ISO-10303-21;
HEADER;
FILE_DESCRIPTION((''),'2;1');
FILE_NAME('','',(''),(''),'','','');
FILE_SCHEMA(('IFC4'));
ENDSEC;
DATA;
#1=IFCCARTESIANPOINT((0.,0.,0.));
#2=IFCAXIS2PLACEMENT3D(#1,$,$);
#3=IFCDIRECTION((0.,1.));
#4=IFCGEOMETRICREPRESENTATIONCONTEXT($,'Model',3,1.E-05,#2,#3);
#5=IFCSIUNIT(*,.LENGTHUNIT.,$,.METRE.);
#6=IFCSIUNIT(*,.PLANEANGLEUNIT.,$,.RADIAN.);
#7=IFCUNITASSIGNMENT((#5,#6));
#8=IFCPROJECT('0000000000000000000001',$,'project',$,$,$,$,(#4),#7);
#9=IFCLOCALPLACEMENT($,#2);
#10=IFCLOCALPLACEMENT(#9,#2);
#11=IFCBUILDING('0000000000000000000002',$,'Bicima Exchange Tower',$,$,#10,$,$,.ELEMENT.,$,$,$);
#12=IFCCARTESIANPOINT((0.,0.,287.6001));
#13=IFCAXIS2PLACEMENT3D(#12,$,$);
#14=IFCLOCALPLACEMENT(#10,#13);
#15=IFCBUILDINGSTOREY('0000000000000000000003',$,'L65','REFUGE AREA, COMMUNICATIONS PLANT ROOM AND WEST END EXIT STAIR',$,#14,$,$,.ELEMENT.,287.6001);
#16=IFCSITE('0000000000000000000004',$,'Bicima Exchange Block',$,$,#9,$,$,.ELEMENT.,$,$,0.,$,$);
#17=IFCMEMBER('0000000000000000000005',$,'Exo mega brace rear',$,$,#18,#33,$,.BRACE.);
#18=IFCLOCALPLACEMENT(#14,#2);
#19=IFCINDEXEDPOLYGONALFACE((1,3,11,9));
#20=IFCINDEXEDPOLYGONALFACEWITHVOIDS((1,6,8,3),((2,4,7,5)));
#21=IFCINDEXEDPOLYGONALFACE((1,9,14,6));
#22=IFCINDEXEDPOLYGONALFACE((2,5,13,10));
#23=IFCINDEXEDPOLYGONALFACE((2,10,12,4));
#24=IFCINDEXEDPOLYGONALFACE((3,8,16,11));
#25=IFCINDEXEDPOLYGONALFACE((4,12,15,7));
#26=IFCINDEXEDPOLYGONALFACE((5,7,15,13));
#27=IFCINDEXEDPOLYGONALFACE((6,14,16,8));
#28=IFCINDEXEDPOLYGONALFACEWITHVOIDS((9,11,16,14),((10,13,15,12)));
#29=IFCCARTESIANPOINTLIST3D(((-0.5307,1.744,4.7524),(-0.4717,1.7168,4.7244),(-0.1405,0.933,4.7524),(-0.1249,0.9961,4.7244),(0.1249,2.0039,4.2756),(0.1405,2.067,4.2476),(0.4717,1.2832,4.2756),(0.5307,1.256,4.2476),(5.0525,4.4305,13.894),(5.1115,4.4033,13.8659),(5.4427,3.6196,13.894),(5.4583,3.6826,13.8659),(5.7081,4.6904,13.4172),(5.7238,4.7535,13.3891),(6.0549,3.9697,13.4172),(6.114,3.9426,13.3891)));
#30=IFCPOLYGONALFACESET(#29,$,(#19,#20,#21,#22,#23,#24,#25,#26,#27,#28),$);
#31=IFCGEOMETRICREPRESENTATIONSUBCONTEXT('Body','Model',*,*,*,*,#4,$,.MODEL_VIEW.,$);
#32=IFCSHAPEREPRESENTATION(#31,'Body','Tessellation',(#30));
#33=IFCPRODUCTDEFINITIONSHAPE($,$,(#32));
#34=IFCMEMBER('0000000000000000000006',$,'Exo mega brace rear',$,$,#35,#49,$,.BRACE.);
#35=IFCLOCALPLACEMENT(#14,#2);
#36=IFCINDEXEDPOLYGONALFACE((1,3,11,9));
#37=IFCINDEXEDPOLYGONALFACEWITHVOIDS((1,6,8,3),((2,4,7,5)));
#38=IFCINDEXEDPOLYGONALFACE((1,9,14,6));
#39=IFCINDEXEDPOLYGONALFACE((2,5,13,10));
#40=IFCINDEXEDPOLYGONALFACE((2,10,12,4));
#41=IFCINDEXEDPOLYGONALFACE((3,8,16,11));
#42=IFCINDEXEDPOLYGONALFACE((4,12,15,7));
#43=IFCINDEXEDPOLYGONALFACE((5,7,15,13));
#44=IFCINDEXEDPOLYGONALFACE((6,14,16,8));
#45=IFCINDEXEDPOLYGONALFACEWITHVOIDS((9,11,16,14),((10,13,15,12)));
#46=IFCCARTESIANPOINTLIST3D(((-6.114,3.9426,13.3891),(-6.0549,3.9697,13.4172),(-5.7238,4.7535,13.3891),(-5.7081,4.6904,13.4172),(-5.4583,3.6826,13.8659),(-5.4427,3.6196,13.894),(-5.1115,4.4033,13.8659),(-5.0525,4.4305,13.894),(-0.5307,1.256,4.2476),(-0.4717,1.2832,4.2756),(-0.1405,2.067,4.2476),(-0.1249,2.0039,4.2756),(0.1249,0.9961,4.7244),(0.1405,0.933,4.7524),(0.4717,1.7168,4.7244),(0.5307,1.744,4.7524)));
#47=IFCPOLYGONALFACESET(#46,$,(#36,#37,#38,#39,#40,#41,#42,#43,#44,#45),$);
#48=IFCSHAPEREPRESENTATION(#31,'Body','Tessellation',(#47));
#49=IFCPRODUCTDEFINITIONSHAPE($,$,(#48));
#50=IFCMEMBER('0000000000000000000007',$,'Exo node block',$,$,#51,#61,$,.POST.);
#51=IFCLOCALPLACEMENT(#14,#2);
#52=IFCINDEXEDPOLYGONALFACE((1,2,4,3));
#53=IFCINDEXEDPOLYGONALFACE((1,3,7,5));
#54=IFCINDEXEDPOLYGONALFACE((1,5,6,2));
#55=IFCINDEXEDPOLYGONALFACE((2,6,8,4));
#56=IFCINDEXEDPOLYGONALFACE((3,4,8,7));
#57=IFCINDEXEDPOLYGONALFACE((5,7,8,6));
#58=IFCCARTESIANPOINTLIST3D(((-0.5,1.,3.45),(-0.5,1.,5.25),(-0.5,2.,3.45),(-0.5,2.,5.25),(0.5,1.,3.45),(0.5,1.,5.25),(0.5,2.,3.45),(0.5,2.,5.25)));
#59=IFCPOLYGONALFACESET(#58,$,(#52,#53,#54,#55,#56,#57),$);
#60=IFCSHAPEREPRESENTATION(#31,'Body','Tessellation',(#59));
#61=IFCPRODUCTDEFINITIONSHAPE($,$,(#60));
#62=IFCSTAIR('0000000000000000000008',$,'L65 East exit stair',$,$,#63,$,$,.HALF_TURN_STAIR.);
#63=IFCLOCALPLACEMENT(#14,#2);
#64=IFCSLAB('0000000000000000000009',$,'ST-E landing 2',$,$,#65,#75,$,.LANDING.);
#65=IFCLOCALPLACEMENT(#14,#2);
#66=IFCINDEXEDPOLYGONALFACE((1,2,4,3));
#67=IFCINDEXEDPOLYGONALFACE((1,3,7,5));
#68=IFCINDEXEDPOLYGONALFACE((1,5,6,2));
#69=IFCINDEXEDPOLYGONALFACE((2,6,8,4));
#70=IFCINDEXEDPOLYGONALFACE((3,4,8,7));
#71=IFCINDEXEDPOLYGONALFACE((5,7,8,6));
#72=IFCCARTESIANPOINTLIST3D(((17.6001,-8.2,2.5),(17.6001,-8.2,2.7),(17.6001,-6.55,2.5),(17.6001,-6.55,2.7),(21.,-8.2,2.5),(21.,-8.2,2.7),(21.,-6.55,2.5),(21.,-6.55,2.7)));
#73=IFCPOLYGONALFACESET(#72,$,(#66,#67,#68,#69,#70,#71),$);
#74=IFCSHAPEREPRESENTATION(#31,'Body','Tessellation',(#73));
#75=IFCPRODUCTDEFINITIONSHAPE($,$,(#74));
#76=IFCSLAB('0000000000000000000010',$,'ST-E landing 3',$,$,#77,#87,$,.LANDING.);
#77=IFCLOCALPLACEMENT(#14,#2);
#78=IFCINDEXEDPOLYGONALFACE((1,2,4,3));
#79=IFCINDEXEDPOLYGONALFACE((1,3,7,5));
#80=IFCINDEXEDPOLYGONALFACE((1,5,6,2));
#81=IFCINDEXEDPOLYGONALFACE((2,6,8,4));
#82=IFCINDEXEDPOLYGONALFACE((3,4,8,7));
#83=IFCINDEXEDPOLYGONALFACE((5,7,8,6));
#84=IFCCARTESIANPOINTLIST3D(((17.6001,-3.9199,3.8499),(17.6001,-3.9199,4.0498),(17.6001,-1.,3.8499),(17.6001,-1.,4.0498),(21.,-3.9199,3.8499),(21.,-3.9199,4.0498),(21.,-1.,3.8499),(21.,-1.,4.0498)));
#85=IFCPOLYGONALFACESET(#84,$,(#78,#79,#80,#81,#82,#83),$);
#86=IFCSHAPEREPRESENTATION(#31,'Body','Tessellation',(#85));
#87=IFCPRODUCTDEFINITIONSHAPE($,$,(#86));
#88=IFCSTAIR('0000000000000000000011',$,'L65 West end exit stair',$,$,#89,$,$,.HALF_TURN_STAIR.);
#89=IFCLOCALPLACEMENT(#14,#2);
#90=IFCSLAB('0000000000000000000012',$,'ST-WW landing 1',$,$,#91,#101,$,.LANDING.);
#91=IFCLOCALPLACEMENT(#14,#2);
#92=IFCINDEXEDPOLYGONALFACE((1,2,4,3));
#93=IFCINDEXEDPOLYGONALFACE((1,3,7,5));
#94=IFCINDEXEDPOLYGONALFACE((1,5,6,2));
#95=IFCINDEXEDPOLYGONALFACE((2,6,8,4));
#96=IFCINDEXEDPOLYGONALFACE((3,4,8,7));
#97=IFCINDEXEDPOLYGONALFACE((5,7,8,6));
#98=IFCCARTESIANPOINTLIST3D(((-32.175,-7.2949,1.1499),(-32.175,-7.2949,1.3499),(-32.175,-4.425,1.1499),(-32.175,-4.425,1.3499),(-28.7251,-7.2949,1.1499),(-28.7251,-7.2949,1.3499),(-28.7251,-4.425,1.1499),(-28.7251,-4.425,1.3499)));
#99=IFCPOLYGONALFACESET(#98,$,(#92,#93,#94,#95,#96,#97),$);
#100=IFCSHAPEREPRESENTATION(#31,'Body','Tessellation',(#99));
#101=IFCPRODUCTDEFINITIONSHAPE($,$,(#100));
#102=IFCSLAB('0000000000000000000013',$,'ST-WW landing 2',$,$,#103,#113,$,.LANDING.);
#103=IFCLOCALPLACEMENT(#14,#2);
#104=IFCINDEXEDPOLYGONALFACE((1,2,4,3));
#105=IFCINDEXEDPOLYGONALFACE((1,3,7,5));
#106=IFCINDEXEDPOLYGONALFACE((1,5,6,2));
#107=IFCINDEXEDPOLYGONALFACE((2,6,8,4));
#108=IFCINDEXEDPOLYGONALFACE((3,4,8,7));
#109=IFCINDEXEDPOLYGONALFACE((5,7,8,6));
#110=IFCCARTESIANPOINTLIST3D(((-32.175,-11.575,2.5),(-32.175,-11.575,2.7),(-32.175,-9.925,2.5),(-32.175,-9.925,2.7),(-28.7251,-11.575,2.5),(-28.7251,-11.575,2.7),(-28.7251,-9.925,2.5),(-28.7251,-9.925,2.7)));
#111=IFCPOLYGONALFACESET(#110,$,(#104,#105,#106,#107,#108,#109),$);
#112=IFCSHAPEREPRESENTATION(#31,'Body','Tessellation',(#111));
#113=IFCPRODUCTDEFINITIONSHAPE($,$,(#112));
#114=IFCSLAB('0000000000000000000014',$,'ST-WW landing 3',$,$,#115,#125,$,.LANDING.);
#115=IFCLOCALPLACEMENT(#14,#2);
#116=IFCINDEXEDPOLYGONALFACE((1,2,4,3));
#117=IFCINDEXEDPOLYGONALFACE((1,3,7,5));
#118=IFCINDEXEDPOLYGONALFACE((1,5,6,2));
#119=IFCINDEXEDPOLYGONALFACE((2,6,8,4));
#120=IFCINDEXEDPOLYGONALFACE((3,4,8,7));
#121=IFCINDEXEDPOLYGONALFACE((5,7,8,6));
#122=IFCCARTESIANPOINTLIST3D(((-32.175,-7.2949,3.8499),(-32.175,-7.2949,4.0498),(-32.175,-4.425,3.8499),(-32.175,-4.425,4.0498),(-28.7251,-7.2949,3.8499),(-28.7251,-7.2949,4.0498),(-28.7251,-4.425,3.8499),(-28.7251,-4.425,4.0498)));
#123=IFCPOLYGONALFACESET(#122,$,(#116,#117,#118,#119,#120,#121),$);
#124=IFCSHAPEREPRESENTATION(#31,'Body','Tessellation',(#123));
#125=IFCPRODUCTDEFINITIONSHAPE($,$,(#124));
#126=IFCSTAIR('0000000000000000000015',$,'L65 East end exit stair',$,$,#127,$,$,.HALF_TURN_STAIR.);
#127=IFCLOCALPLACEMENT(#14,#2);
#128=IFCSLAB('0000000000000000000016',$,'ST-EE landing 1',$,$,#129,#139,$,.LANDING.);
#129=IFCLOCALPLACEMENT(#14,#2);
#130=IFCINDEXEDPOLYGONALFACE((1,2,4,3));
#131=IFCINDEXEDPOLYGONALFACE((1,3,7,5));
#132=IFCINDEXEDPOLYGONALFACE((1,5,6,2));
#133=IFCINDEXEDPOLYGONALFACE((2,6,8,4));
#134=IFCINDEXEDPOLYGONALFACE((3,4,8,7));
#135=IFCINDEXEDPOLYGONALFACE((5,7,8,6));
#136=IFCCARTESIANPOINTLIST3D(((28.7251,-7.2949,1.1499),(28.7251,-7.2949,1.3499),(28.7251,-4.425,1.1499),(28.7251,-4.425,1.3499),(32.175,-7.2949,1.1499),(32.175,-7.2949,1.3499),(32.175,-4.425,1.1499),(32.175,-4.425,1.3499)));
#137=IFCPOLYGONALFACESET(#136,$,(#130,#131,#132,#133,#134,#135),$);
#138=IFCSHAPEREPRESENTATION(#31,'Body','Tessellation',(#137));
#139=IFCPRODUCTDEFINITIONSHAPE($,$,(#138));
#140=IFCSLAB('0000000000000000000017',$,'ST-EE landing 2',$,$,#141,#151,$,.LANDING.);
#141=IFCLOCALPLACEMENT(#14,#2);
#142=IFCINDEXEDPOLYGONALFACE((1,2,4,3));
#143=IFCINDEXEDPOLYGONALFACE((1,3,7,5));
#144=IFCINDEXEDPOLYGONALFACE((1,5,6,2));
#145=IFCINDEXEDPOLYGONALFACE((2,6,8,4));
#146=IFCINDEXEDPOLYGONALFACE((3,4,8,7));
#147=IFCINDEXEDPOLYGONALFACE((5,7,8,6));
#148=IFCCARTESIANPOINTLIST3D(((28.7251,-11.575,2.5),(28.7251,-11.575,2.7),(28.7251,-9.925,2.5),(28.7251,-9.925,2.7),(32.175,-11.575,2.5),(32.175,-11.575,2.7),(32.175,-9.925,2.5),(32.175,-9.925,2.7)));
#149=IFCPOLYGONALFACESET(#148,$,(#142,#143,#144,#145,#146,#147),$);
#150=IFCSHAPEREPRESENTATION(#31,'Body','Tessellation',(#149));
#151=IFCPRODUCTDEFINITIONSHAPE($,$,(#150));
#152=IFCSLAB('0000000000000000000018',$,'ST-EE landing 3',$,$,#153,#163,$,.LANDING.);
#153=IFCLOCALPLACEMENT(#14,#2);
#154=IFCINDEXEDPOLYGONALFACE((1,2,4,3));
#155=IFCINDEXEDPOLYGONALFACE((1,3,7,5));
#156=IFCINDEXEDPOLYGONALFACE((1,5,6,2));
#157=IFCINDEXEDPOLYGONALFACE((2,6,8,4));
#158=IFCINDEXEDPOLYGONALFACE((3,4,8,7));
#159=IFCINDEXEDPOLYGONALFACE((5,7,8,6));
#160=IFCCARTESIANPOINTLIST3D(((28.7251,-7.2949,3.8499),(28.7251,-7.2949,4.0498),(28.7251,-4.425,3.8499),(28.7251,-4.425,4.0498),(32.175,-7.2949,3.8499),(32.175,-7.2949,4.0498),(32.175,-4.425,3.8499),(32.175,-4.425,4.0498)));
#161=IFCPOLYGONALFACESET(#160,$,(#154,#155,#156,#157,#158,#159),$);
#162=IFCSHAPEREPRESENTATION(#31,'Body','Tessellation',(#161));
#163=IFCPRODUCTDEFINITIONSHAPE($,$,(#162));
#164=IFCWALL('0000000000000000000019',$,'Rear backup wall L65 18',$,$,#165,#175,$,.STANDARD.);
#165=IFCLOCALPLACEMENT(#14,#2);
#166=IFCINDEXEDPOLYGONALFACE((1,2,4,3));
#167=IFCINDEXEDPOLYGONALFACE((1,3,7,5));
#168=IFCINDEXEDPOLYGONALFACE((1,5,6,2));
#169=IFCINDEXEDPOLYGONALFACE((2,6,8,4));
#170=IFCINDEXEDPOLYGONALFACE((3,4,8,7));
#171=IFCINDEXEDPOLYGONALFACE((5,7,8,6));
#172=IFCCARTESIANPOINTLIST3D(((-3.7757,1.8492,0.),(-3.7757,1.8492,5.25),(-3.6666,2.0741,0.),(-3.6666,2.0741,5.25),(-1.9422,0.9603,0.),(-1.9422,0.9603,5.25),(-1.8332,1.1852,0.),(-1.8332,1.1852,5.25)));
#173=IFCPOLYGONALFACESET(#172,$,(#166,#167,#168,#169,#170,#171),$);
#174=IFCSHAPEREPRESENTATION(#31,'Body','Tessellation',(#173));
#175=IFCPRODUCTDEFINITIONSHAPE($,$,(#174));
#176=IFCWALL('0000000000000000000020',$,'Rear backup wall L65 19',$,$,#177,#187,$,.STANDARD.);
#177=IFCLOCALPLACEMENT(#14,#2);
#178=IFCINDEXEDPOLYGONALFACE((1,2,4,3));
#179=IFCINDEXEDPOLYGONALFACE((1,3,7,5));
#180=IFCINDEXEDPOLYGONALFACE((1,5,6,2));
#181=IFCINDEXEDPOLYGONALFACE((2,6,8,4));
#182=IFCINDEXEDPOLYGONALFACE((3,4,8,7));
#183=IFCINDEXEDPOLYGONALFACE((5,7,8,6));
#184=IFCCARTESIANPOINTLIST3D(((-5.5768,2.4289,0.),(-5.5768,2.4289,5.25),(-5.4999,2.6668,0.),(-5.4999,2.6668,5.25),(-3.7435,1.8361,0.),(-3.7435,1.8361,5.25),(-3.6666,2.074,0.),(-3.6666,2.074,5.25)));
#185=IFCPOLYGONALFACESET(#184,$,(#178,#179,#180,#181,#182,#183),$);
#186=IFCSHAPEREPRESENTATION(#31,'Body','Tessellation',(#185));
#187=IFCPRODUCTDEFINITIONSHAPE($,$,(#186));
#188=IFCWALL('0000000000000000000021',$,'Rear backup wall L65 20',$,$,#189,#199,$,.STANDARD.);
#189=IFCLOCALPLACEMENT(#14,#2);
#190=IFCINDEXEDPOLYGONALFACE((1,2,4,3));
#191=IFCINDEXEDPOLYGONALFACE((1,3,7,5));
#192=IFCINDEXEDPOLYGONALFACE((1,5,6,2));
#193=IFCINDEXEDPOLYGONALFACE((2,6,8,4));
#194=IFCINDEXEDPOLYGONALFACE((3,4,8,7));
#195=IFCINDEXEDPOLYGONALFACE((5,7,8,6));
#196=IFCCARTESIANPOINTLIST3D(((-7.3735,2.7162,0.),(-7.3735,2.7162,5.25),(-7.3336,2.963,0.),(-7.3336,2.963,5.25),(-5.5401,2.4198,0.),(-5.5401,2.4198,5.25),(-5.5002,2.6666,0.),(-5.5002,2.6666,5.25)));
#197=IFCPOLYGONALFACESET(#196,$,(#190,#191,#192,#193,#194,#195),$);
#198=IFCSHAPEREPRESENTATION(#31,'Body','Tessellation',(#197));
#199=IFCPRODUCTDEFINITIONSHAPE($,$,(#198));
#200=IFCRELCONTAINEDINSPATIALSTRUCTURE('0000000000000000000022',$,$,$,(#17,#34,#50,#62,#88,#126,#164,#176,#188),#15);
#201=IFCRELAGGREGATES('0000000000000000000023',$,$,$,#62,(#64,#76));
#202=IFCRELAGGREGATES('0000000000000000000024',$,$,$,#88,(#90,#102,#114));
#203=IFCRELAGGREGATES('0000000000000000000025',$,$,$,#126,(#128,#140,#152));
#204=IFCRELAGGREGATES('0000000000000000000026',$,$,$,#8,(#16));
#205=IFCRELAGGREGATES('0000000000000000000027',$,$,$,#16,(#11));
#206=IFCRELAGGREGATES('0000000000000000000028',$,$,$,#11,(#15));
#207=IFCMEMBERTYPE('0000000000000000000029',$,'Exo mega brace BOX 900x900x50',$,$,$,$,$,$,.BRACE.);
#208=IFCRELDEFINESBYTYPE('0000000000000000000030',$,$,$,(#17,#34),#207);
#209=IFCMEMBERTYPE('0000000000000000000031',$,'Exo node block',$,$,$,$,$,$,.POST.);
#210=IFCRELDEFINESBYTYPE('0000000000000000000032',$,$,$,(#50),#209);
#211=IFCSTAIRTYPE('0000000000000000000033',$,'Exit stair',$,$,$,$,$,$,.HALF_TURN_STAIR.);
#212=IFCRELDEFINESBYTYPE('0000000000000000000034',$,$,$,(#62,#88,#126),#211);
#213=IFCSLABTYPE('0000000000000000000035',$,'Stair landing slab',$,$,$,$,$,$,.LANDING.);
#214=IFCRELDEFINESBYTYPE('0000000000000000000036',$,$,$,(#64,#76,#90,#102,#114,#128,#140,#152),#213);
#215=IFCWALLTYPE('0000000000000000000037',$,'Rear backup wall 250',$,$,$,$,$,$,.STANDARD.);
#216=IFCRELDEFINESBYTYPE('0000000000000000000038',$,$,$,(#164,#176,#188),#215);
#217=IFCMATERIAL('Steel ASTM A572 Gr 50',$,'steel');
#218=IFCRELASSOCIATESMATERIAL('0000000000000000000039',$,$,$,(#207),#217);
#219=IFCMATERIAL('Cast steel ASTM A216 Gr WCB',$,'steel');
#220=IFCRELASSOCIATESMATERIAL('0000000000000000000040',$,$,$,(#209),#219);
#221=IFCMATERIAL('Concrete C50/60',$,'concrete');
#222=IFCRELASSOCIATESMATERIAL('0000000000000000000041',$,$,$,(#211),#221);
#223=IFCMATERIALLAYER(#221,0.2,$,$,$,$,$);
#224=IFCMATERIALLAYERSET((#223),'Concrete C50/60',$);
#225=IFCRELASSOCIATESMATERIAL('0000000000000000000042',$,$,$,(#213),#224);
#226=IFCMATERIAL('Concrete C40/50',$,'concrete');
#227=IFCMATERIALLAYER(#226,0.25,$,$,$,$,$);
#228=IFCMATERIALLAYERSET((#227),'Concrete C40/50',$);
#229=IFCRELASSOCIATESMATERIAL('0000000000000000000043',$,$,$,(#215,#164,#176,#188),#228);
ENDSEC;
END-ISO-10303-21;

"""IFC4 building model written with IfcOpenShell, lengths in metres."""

from ifc_helpers import new_model, si_unit, direction, frame, frame_2d, origin, origin_2d, place, context, subcontext, project, spatial, polyline, rectangle, hollow_rectangle, outline, extrude, material, layer, layer_set, layer_usage, material_profile, profile_set, type_object, element, aggregate, save


model = new_model("IFC4")

# Units and contexts
model_context = context("Model", 3, precision=1e-05, world=origin(), true_north=direction((0.0, 1.0)))
body_context = subcontext(model_context, "Body", "Model", "MODEL_VIEW")
ifc_project = project(units=[si_unit("LENGTHUNIT", "METRE"), si_unit("PLANEANGLEUNIT", "RADIAN")], contexts=[model_context])

# Site, building, storey
site_placement = place(None, origin())
site = spatial("IfcSite", under=ifc_project, at=site_placement, Name="Bicima Exchange Block", CompositionType="ELEMENT", RefElevation=0.0)
building_placement = place(site_placement, origin())
building = spatial("IfcBuilding", under=site, at=building_placement, Name="Bicima Exchange Tower", CompositionType="ELEMENT")
storey_placement = place(building_placement, frame((0.0, 0.0, 287.6001)))
storey = spatial("IfcBuildingStorey", under=building, at=storey_placement, Name="L65", Description="REFUGE AREA, COMMUNICATIONS PLANT ROOM AND WEST END EXIT STAIR", CompositionType="ELEMENT", Elevation=287.6001)

# Members
ifc_material_1 = material(Name="Steel ASTM A572 Gr 50", Category="steel")
ifc_material_profile_1 = material_profile(ifc_material_1, hollow_rectangle(XDim=0.8999, YDim=0.8999, WallThickness=0.05, at=origin_2d()))
ifc_profile_set_1 = profile_set([ifc_material_profile_1], Name="Steel ASTM A572 Gr 50")
member_type_1 = type_object("IfcMemberType", Name="Exo mega brace BOX 900x900x50", PredefinedType="BRACE", material=ifc_profile_set_1)
for number, where, z_axis, x_axis, name in (
    (1, (0.0, 1.5, 4.5), (0.505569, 0.243267, 0.827781), (-0.433592, 0.901109, 0.0), "Exo mega brace rear"),
    (2, (0.0, 1.5, 4.5), (-0.505569, 0.243267, 0.827781), (-0.433592, -0.901109, 0.0), "Exo mega brace rear"),
):
    element("IfcMember", number, at=place(storey_placement, frame(where, z_axis=z_axis, x_axis=x_axis)), inside=storey, type_object=member_type_1, Name=name, PredefinedType="BRACE", context=body_context, shape_type="SweptSolid", body=[
        extrude(hollow_rectangle(XDim=0.8999, YDim=0.8999, WallThickness=0.05, at=origin_2d()), origin(), (0.0, 0.0, 1.0), 11.0435),
    ])
ifc_material_2 = material(Name="Cast steel ASTM A216 Gr WCB", Category="steel")
ifc_material_profile_2 = material_profile(ifc_material_2, rectangle(XDim=1.0, YDim=1.0, at=origin_2d()))
ifc_profile_set_2 = profile_set([ifc_material_profile_2], Name="Cast steel ASTM A216 Gr WCB")
member_type_2 = type_object("IfcMemberType", Name="Exo node block", PredefinedType="POST", material=ifc_profile_set_2)
member_placement = place(storey_placement, frame((0.0, 1.5, 3.45), z_axis=(0.0, 0.0, 1.0), x_axis=(1.0, 0.0, 0.0)))
element("IfcMember", 3, at=member_placement, inside=storey, type_object=member_type_2, Name="Exo node block", PredefinedType="POST", context=body_context, shape_type="SweptSolid", body=[
    extrude(rectangle(XDim=1.0, YDim=1.0, at=origin_2d()), origin(), (0.0, 0.0, 1.0), 1.8),
])

# Stairs, slabs
ifc_material_3 = material(Name="Concrete C50/60", Category="concrete")
stair_type = type_object("IfcStairType", Name="Exit stair", PredefinedType="HALF_TURN_STAIR", material=ifc_material_3)
stair_1_placement = place(storey_placement, origin())
stair_1 = element("IfcStair", 4, at=stair_1_placement, inside=storey, type_object=stair_type, Name="L65 East exit stair", PredefinedType="HALF_TURN_STAIR")
ifc_layer_1 = layer(ifc_material_3, 0.2)
ifc_layer_set_1 = layer_set([ifc_layer_1], Name="Concrete C50/60")
slab_type = type_object("IfcSlabType", Name="Stair landing slab", PredefinedType="LANDING", material=ifc_layer_set_1)
slab_1_placement = place(storey_placement, frame((0.0, 0.0, 2.5)))
slab_1 = element("IfcSlab", 5, at=slab_1_placement, type_object=slab_type, Name="ST-E landing 2", PredefinedType="LANDING", context=body_context, shape_type="SweptSolid", body=[
    extrude(outline(polyline([(21.0, -8.2), (21.0, -6.55), (17.6001, -6.55), (17.6001, -8.2), (21.0, -8.2)])), origin(), (0.0, 0.0, 1.0), 0.2),
])
slab_2_placement = place(storey_placement, frame((0.0, 0.0, 3.8499)))
slab_2 = element("IfcSlab", 6, at=slab_2_placement, type_object=slab_type, Name="ST-E landing 3", PredefinedType="LANDING", context=body_context, shape_type="SweptSolid", body=[
    extrude(outline(polyline([(21.0, -3.9199), (21.0, -1.0), (17.6001, -1.0), (17.6001, -3.9199), (21.0, -3.9199)])), origin(), (0.0, 0.0, 1.0), 0.2),
])
aggregate(stair_1, [slab_1, slab_2])
stair_2_placement = place(storey_placement, origin())
stair_2 = element("IfcStair", 7, at=stair_2_placement, inside=storey, type_object=stair_type, Name="L65 West end exit stair", PredefinedType="HALF_TURN_STAIR")
slab_3_placement = place(storey_placement, frame((0.0, 0.0, 1.1499)))
slab_3 = element("IfcSlab", 8, at=slab_3_placement, type_object=slab_type, Name="ST-WW landing 1", PredefinedType="LANDING", context=body_context, shape_type="SweptSolid", body=[
    extrude(outline(polyline([(-28.7251, -7.2949), (-28.7251, -4.425), (-32.175, -4.425), (-32.175, -7.2949), (-28.7251, -7.2949)])), origin(), (0.0, 0.0, 1.0), 0.2),
])
slab_4_placement = place(storey_placement, frame((0.0, 0.0, 2.5)))
slab_4 = element("IfcSlab", 9, at=slab_4_placement, type_object=slab_type, Name="ST-WW landing 2", PredefinedType="LANDING", context=body_context, shape_type="SweptSolid", body=[
    extrude(outline(polyline([(-28.7251, -11.575), (-28.7251, -9.925), (-32.175, -9.925), (-32.175, -11.575), (-28.7251, -11.575)])), origin(), (0.0, 0.0, 1.0), 0.2),
])
slab_5_placement = place(storey_placement, frame((0.0, 0.0, 3.8499)))
slab_5 = element("IfcSlab", 10, at=slab_5_placement, type_object=slab_type, Name="ST-WW landing 3", PredefinedType="LANDING", context=body_context, shape_type="SweptSolid", body=[
    extrude(outline(polyline([(-28.7251, -7.2949), (-28.7251, -4.425), (-32.175, -4.425), (-32.175, -7.2949), (-28.7251, -7.2949)])), origin(), (0.0, 0.0, 1.0), 0.2),
])
aggregate(stair_2, [slab_3, slab_4, slab_5])
stair_3_placement = place(storey_placement, origin())
stair_3 = element("IfcStair", 11, at=stair_3_placement, inside=storey, type_object=stair_type, Name="L65 East end exit stair", PredefinedType="HALF_TURN_STAIR")
slab_6_placement = place(storey_placement, frame((0.0, 0.0, 1.1499)))
slab_6 = element("IfcSlab", 12, at=slab_6_placement, type_object=slab_type, Name="ST-EE landing 1", PredefinedType="LANDING", context=body_context, shape_type="SweptSolid", body=[
    extrude(outline(polyline([(32.175, -7.2949), (32.175, -4.425), (28.7251, -4.425), (28.7251, -7.2949), (32.175, -7.2949)])), origin(), (0.0, 0.0, 1.0), 0.2),
])
slab_7_placement = place(storey_placement, frame((0.0, 0.0, 2.5)))
slab_7 = element("IfcSlab", 13, at=slab_7_placement, type_object=slab_type, Name="ST-EE landing 2", PredefinedType="LANDING", context=body_context, shape_type="SweptSolid", body=[
    extrude(outline(polyline([(32.175, -11.575), (32.175, -9.925), (28.7251, -9.925), (28.7251, -11.575), (32.175, -11.575)])), origin(), (0.0, 0.0, 1.0), 0.2),
])
slab_8_placement = place(storey_placement, frame((0.0, 0.0, 3.8499)))
slab_8 = element("IfcSlab", 14, at=slab_8_placement, type_object=slab_type, Name="ST-EE landing 3", PredefinedType="LANDING", context=body_context, shape_type="SweptSolid", body=[
    extrude(outline(polyline([(32.175, -7.2949), (32.175, -4.425), (28.7251, -4.425), (28.7251, -7.2949), (32.175, -7.2949)])), origin(), (0.0, 0.0, 1.0), 0.2),
])
aggregate(stair_3, [slab_6, slab_7, slab_8])

# Walls
ifc_material_4 = material(Name="Concrete C40/50", Category="concrete")
ifc_layer_2 = layer(ifc_material_4, 0.25)
ifc_layer_set_2 = layer_set([ifc_layer_2], Name="Concrete C40/50")
ifc_layer_usage = layer_usage(ifc_layer_set_2, "AXIS2", "POSITIVE", -0.125)
wall_type = type_object("IfcWallType", Name="Rear backup wall 250", PredefinedType="STANDARD", material=ifc_layer_set_2)
wall_1_placement = place(storey_placement, frame((-1.8877, 1.0728, 0.0), z_axis=(0.0, 0.0, 1.0), x_axis=(-0.899824, 0.436253, 0.0)))
element("IfcWall", 15, at=wall_1_placement, inside=storey, type_object=wall_type, material=ifc_layer_usage, Name="Rear backup wall L65 18", PredefinedType="STANDARD", context=body_context, shape_type="SweptSolid", body=[
    extrude(rectangle(XDim=2.0376, YDim=0.25, at=frame_2d((1.0188, 0.0))), origin(), (0.0, 0.0, 1.0), 5.25),
])
wall_2_placement = place(storey_placement, frame((-3.7051, 1.9551, 0.0), z_axis=(0.0, 0.0, 1.0), x_axis=(-0.951496, 0.307662, 0.0)))
element("IfcWall", 16, at=wall_2_placement, inside=storey, type_object=wall_type, material=ifc_layer_usage, Name="Rear backup wall L65 19", PredefinedType="STANDARD", context=body_context, shape_type="SweptSolid", body=[
    extrude(rectangle(XDim=1.9268, YDim=0.25, at=frame_2d((0.9634, 0.0))), origin(), (0.0, 0.0, 1.0), 5.25),
])
wall_3_placement = place(storey_placement, frame((-5.52, 2.5432, 0.0), z_axis=(0.0, 0.0, 1.0), x_axis=(-0.987182, 0.1596, 0.0)))
element("IfcWall", 17, at=wall_3_placement, inside=storey, type_object=wall_type, material=ifc_layer_usage, Name="Rear backup wall L65 20", PredefinedType="STANDARD", context=body_context, shape_type="SweptSolid", body=[
    extrude(rectangle(XDim=1.8572, YDim=0.25, at=frame_2d((0.9287, 0.0))), origin(), (0.0, 0.0, 1.0), 5.25),
])

save(model, "model.ifc")
